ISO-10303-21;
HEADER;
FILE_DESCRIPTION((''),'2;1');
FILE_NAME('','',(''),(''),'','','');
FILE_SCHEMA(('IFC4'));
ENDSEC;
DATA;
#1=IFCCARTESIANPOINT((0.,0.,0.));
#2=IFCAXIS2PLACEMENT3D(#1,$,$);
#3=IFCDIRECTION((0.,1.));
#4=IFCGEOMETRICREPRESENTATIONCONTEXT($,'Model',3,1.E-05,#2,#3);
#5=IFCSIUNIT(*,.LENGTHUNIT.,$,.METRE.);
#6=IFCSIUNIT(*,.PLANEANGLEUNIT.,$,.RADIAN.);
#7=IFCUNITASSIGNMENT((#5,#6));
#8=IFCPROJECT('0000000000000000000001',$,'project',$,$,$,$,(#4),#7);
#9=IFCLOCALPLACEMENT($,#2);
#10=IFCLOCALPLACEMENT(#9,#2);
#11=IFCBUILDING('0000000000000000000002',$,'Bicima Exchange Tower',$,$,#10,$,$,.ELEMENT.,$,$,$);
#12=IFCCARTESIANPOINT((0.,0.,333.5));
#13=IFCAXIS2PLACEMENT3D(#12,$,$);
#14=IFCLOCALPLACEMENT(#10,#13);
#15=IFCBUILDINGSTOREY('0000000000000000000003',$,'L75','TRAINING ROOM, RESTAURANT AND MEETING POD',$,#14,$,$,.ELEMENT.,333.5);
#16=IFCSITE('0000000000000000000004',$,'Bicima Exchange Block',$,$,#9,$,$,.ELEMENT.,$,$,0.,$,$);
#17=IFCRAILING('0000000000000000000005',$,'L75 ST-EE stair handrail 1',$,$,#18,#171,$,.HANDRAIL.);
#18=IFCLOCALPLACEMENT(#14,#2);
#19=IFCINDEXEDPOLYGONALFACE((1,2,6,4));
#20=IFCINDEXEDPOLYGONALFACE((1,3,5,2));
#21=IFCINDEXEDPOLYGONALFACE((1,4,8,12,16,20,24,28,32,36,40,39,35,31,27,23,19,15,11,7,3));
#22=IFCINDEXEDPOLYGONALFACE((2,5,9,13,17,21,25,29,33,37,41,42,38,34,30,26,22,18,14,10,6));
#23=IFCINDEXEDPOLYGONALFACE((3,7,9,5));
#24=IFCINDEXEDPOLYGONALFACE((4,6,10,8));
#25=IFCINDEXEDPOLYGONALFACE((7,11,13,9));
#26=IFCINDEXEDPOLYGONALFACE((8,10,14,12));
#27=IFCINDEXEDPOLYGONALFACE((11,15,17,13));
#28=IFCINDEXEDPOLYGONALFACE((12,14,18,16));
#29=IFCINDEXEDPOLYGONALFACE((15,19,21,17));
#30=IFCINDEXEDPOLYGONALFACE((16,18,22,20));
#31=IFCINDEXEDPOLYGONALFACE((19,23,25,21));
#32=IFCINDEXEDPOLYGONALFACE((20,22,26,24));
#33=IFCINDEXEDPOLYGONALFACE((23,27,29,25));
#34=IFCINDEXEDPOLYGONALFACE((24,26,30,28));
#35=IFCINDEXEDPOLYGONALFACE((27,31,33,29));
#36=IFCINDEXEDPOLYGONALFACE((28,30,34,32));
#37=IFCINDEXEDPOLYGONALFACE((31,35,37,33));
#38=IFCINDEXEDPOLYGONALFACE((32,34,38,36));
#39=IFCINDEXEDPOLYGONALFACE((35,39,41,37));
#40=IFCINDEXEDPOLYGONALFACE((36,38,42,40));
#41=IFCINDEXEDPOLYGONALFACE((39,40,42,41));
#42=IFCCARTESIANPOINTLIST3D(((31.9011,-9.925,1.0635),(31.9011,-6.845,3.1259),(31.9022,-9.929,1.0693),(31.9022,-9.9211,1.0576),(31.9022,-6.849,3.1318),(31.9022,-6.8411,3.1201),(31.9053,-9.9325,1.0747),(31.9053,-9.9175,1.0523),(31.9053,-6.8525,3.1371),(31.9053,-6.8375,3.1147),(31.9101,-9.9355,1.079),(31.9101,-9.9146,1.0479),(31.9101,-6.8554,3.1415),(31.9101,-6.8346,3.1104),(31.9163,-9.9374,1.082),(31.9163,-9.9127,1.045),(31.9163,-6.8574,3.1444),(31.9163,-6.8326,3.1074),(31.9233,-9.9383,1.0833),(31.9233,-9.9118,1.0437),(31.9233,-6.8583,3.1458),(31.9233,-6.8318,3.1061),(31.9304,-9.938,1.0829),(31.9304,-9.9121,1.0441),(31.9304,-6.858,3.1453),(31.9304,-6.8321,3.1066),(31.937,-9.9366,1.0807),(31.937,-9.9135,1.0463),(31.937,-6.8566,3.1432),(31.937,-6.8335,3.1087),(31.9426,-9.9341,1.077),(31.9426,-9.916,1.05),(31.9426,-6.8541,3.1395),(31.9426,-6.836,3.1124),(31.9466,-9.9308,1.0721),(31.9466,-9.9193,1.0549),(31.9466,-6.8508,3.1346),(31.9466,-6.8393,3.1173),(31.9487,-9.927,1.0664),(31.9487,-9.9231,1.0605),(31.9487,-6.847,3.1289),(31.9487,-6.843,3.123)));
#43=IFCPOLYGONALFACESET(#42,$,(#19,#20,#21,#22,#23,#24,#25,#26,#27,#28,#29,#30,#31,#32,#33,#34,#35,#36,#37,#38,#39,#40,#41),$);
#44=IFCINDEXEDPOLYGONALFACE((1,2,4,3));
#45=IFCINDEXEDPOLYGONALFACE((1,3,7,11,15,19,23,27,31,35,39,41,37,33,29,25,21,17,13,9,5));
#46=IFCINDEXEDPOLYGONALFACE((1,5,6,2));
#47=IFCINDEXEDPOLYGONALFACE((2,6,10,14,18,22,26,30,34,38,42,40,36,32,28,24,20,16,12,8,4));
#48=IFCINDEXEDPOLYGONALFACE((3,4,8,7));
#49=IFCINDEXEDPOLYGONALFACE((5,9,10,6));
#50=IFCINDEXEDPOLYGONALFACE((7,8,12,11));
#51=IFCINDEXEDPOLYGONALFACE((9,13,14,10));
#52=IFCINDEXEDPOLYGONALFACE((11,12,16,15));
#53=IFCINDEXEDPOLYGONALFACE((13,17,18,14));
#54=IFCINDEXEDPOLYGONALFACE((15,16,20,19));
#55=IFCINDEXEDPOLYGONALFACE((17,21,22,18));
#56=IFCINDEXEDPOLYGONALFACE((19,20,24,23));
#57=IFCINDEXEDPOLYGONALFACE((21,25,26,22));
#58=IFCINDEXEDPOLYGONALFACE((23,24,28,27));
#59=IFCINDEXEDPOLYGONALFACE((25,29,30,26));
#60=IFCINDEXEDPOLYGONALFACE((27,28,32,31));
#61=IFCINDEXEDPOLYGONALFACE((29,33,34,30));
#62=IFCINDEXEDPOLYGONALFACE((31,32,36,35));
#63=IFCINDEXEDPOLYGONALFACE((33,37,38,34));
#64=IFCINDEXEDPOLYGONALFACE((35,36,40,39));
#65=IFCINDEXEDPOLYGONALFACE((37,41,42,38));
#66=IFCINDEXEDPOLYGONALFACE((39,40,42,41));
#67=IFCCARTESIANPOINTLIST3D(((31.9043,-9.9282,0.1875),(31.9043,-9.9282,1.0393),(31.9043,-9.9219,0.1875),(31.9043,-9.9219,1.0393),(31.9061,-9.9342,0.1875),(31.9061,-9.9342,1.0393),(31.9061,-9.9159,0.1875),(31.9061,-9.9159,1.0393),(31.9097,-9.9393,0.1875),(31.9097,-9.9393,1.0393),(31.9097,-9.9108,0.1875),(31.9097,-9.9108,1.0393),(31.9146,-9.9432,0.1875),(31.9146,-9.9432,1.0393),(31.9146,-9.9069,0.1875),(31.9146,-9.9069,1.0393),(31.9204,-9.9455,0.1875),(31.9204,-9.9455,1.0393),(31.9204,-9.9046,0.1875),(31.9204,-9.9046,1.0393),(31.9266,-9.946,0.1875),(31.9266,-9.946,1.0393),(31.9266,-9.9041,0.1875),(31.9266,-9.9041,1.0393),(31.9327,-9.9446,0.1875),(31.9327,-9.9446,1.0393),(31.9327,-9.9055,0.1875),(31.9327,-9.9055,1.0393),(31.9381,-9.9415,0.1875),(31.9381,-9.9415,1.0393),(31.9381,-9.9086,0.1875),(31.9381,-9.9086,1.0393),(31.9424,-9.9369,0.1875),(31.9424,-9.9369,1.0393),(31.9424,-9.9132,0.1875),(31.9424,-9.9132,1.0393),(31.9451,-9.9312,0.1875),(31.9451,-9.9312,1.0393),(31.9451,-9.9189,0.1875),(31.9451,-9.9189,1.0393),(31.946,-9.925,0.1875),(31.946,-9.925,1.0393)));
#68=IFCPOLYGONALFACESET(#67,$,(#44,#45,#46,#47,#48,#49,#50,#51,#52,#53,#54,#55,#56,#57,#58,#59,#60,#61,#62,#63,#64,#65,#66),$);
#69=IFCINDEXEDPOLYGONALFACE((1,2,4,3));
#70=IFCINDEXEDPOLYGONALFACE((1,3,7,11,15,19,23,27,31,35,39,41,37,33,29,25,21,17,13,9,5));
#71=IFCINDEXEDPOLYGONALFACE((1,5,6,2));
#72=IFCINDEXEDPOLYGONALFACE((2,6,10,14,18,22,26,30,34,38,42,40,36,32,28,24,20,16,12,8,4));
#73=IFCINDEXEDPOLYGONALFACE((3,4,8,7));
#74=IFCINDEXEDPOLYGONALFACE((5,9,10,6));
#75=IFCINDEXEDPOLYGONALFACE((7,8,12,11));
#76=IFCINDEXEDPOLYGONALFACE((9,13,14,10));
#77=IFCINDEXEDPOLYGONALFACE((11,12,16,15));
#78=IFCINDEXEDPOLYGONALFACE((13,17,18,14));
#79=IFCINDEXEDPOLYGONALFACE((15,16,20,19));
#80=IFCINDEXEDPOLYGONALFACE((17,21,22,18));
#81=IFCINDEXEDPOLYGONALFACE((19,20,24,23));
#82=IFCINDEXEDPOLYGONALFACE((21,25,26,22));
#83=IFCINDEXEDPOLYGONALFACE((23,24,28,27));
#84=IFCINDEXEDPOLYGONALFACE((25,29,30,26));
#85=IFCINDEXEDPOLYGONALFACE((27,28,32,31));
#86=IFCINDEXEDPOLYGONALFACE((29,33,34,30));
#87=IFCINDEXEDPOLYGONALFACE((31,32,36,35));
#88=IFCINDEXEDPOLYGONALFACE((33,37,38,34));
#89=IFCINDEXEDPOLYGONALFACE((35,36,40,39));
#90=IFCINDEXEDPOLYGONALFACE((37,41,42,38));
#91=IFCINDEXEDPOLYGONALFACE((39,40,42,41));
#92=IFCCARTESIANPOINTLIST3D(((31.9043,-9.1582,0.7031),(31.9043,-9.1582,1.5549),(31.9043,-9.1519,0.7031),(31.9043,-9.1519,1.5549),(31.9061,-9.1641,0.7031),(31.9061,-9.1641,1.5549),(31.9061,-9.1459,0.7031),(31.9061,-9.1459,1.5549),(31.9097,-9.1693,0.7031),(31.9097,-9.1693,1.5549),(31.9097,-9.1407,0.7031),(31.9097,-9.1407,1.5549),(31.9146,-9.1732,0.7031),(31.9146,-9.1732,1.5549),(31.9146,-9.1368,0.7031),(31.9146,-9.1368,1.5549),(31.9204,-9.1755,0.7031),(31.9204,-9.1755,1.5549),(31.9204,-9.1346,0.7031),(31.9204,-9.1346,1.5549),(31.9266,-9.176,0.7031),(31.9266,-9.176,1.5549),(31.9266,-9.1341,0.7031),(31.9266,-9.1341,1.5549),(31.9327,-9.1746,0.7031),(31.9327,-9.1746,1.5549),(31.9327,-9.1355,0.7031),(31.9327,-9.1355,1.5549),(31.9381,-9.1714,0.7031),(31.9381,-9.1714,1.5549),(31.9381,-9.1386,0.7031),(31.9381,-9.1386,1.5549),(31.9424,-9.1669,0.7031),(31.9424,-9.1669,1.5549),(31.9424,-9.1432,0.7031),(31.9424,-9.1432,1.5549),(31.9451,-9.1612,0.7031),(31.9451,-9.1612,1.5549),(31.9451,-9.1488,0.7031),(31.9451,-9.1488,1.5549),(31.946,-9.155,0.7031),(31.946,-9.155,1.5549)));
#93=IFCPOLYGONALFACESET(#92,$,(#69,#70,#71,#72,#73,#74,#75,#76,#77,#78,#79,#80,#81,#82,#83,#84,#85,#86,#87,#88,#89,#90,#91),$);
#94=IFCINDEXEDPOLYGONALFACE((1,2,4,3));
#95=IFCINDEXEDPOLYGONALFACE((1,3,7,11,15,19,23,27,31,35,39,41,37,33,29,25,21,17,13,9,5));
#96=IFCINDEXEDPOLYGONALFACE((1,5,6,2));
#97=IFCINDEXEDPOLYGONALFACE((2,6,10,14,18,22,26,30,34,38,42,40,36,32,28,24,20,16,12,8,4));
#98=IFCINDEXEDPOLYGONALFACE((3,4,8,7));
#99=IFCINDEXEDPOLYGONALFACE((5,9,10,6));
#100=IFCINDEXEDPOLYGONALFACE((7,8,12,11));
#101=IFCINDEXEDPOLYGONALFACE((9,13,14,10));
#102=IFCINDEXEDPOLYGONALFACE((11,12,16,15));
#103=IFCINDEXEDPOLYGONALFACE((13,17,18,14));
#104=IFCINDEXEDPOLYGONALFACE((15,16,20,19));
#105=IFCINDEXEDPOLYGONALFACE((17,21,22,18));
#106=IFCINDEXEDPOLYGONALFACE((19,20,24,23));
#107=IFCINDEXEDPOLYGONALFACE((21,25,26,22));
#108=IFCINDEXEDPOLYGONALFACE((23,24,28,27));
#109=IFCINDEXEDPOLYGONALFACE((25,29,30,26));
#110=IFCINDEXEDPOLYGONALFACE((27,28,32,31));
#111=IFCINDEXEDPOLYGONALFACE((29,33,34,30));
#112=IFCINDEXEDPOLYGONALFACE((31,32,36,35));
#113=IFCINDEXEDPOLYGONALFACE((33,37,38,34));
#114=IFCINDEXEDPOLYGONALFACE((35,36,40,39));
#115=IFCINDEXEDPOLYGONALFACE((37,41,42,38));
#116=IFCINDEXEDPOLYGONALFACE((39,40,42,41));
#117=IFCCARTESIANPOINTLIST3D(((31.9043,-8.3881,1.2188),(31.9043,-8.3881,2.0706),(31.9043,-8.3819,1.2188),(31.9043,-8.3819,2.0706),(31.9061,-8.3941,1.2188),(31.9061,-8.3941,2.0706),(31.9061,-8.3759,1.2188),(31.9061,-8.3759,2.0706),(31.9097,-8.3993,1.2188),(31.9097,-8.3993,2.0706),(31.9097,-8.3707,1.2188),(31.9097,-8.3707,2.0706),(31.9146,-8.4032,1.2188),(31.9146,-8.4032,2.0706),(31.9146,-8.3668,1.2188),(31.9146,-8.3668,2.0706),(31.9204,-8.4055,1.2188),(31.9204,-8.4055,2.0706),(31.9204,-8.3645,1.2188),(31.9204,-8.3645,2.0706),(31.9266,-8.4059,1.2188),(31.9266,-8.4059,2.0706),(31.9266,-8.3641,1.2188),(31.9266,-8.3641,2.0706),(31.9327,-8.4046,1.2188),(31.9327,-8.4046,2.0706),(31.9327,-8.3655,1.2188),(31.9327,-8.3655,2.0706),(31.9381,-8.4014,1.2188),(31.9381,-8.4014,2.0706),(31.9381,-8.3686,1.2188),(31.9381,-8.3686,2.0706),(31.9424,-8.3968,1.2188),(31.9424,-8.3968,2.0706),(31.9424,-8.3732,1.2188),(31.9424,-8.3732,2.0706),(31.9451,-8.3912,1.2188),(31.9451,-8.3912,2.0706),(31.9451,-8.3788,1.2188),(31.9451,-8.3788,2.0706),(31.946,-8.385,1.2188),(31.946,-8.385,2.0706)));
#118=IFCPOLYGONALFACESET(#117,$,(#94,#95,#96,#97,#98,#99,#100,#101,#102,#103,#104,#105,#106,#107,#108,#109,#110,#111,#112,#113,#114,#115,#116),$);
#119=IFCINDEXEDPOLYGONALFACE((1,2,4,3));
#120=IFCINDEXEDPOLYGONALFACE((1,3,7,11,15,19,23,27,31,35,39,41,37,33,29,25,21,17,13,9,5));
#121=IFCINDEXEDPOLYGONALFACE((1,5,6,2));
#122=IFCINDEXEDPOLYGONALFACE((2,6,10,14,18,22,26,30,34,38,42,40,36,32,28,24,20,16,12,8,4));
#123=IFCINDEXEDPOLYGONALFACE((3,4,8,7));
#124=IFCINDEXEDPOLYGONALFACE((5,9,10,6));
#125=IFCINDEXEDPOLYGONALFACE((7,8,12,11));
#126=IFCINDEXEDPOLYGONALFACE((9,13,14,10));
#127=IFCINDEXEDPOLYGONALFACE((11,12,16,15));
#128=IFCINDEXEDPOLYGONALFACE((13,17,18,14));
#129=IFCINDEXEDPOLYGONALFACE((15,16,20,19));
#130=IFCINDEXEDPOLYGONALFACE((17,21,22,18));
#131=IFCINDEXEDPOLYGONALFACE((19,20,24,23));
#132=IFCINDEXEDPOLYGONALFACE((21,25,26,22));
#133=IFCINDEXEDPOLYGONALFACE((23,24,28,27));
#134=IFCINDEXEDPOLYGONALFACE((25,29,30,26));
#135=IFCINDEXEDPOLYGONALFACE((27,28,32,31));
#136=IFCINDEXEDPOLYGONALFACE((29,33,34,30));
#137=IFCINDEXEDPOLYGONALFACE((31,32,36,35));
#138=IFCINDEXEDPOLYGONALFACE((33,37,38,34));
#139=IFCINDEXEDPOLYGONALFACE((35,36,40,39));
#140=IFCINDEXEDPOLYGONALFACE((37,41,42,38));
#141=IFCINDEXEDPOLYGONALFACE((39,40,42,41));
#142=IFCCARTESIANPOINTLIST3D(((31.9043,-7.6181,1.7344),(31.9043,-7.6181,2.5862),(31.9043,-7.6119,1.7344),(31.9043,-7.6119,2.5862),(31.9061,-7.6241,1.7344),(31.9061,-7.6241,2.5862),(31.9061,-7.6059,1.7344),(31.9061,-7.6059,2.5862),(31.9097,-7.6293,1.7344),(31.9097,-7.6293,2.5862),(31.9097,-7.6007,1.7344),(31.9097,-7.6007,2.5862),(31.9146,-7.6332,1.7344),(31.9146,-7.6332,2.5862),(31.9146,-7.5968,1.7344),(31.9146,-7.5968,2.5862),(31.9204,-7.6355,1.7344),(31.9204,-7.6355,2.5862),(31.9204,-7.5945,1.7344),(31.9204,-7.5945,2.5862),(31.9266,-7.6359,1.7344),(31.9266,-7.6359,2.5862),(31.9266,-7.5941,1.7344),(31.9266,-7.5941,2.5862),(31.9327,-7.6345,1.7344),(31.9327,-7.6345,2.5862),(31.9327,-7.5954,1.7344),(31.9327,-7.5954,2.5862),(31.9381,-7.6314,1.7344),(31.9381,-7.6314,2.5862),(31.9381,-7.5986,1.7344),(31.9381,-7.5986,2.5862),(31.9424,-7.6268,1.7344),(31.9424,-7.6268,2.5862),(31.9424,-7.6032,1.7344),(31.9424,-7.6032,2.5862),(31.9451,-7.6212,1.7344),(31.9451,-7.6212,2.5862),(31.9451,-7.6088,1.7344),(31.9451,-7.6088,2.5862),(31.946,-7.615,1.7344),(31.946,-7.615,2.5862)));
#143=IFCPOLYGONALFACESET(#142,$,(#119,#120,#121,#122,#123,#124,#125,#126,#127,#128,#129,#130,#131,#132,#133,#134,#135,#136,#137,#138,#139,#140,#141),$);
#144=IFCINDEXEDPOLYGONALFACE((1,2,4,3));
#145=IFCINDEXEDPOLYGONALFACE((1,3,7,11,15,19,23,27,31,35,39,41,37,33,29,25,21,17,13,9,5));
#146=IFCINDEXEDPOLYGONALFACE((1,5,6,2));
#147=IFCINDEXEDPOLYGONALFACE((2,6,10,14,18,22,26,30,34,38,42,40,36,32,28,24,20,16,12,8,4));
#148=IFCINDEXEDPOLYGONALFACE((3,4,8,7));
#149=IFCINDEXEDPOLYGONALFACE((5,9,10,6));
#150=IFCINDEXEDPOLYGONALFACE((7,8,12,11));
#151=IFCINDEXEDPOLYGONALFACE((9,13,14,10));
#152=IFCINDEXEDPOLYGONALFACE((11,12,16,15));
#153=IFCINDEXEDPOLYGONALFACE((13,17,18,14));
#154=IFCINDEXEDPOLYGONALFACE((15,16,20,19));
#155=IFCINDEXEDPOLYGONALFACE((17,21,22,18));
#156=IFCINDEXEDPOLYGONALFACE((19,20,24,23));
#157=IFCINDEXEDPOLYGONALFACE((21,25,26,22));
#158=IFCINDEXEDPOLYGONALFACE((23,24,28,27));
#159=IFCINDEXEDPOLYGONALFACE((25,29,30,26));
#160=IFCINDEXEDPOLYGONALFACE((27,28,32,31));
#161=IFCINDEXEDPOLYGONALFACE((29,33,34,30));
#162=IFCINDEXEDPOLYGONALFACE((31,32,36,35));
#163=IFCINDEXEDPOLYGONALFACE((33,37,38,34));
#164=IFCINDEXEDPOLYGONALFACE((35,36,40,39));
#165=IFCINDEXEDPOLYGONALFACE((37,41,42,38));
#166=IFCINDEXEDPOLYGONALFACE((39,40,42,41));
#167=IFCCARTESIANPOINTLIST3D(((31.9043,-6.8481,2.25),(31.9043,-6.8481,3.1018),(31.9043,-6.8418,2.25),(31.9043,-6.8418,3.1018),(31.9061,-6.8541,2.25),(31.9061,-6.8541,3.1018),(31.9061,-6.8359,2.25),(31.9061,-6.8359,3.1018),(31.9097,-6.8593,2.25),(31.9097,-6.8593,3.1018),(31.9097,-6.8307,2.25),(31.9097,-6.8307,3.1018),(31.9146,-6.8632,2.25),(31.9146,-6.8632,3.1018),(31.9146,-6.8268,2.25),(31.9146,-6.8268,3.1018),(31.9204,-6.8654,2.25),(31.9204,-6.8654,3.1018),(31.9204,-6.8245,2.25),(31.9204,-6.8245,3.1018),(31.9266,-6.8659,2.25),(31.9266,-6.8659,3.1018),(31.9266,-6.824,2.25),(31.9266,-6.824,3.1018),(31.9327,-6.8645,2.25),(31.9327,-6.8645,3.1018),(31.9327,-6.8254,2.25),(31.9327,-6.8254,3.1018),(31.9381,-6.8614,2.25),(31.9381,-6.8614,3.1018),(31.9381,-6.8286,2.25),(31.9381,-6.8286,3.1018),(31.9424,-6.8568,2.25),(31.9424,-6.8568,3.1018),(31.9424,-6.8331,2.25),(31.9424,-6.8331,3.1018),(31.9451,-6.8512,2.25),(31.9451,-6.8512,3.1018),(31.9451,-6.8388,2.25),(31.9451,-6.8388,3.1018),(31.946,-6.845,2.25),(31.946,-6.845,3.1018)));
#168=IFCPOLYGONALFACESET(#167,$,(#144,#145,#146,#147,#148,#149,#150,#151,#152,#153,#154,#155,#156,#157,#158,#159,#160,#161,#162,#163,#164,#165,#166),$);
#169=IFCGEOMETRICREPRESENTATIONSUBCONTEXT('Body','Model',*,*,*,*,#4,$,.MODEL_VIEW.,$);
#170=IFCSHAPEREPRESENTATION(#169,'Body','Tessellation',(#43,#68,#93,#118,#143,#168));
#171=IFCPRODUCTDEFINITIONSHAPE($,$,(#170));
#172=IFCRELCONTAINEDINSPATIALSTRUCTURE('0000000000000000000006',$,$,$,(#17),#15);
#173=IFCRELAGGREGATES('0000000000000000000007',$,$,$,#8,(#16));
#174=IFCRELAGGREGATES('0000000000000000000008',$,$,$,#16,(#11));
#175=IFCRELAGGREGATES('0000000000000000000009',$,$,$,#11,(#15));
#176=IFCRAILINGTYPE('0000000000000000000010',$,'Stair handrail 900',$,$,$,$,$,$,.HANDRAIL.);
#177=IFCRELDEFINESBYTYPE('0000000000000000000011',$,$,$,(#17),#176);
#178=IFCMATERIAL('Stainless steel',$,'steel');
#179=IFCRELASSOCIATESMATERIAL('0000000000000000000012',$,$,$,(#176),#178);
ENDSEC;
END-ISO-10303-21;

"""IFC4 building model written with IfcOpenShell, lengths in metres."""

from ifc_helpers import new_model, si_unit, direction, frame, origin, origin_2d, place, context, subcontext, project, spatial, circle, extrude, material, type_object, element, save


model = new_model("IFC4")

# Units and contexts
model_context = context("Model", 3, precision=1e-05, world=origin(), true_north=direction((0.0, 1.0)))
body_context = subcontext(model_context, "Body", "Model", "MODEL_VIEW")
ifc_project = project(units=[si_unit("LENGTHUNIT", "METRE"), si_unit("PLANEANGLEUNIT", "RADIAN")], contexts=[model_context])

# Site, building, storey
site_placement = place(None, origin())
site = spatial("IfcSite", under=ifc_project, at=site_placement, Name="Bicima Exchange Block", CompositionType="ELEMENT", RefElevation=0.0)
building_placement = place(site_placement, origin())
building = spatial("IfcBuilding", under=site, at=building_placement, Name="Bicima Exchange Tower", CompositionType="ELEMENT")
storey_placement = place(building_placement, frame((0.0, 0.0, 333.5)))
storey = spatial("IfcBuildingStorey", under=building, at=storey_placement, Name="L75", Description="TRAINING ROOM, RESTAURANT AND MEETING POD", CompositionType="ELEMENT", Elevation=333.5)

# Railing
ifc_material_1 = material(Name="Stainless steel", Category="steel")
railing_type_1 = type_object("IfcRailingType", Name="Stair handrail 900", PredefinedType="HANDRAIL", material=ifc_material_1)
railing_1_placement = place(storey_placement, frame((31.925, -9.925, 0.1875)))
element("IfcRailing", 1, at=railing_1_placement, inside=storey, type_object=railing_type_1, Name="L75 ST-EE stair handrail 1", PredefinedType="HANDRAIL", context=body_context, shape_type="SweptSolid", body=[
    extrude(circle(Radius=0.0239, at=origin_2d()), frame((0.0, 0.0, 0.876), z_axis=(0.0, 0.830914, 0.556401), x_axis=(-1.0, 0.0, 0.0)), (0.0, 0.0, 1.0), 3.7068),
    extrude(circle(Radius=0.021, at=origin_2d()), origin(), (0.0, 0.0, 1.0), 0.8518),
    extrude(circle(Radius=0.021, at=origin_2d()), frame((0.0, 0.77, 0.5156)), (0.0, 0.0, 1.0), 0.8518),
    extrude(circle(Radius=0.021, at=origin_2d()), frame((0.0, 1.54, 1.0312)), (0.0, 0.0, 1.0), 0.8518),
    extrude(circle(Radius=0.021, at=origin_2d()), frame((0.0, 2.3101, 1.5469)), (0.0, 0.0, 1.0), 0.8518),
    extrude(circle(Radius=0.021, at=origin_2d()), frame((0.0, 3.0801, 2.0625)), (0.0, 0.0, 1.0), 0.8518),
])

save(model, "model.ifc")
